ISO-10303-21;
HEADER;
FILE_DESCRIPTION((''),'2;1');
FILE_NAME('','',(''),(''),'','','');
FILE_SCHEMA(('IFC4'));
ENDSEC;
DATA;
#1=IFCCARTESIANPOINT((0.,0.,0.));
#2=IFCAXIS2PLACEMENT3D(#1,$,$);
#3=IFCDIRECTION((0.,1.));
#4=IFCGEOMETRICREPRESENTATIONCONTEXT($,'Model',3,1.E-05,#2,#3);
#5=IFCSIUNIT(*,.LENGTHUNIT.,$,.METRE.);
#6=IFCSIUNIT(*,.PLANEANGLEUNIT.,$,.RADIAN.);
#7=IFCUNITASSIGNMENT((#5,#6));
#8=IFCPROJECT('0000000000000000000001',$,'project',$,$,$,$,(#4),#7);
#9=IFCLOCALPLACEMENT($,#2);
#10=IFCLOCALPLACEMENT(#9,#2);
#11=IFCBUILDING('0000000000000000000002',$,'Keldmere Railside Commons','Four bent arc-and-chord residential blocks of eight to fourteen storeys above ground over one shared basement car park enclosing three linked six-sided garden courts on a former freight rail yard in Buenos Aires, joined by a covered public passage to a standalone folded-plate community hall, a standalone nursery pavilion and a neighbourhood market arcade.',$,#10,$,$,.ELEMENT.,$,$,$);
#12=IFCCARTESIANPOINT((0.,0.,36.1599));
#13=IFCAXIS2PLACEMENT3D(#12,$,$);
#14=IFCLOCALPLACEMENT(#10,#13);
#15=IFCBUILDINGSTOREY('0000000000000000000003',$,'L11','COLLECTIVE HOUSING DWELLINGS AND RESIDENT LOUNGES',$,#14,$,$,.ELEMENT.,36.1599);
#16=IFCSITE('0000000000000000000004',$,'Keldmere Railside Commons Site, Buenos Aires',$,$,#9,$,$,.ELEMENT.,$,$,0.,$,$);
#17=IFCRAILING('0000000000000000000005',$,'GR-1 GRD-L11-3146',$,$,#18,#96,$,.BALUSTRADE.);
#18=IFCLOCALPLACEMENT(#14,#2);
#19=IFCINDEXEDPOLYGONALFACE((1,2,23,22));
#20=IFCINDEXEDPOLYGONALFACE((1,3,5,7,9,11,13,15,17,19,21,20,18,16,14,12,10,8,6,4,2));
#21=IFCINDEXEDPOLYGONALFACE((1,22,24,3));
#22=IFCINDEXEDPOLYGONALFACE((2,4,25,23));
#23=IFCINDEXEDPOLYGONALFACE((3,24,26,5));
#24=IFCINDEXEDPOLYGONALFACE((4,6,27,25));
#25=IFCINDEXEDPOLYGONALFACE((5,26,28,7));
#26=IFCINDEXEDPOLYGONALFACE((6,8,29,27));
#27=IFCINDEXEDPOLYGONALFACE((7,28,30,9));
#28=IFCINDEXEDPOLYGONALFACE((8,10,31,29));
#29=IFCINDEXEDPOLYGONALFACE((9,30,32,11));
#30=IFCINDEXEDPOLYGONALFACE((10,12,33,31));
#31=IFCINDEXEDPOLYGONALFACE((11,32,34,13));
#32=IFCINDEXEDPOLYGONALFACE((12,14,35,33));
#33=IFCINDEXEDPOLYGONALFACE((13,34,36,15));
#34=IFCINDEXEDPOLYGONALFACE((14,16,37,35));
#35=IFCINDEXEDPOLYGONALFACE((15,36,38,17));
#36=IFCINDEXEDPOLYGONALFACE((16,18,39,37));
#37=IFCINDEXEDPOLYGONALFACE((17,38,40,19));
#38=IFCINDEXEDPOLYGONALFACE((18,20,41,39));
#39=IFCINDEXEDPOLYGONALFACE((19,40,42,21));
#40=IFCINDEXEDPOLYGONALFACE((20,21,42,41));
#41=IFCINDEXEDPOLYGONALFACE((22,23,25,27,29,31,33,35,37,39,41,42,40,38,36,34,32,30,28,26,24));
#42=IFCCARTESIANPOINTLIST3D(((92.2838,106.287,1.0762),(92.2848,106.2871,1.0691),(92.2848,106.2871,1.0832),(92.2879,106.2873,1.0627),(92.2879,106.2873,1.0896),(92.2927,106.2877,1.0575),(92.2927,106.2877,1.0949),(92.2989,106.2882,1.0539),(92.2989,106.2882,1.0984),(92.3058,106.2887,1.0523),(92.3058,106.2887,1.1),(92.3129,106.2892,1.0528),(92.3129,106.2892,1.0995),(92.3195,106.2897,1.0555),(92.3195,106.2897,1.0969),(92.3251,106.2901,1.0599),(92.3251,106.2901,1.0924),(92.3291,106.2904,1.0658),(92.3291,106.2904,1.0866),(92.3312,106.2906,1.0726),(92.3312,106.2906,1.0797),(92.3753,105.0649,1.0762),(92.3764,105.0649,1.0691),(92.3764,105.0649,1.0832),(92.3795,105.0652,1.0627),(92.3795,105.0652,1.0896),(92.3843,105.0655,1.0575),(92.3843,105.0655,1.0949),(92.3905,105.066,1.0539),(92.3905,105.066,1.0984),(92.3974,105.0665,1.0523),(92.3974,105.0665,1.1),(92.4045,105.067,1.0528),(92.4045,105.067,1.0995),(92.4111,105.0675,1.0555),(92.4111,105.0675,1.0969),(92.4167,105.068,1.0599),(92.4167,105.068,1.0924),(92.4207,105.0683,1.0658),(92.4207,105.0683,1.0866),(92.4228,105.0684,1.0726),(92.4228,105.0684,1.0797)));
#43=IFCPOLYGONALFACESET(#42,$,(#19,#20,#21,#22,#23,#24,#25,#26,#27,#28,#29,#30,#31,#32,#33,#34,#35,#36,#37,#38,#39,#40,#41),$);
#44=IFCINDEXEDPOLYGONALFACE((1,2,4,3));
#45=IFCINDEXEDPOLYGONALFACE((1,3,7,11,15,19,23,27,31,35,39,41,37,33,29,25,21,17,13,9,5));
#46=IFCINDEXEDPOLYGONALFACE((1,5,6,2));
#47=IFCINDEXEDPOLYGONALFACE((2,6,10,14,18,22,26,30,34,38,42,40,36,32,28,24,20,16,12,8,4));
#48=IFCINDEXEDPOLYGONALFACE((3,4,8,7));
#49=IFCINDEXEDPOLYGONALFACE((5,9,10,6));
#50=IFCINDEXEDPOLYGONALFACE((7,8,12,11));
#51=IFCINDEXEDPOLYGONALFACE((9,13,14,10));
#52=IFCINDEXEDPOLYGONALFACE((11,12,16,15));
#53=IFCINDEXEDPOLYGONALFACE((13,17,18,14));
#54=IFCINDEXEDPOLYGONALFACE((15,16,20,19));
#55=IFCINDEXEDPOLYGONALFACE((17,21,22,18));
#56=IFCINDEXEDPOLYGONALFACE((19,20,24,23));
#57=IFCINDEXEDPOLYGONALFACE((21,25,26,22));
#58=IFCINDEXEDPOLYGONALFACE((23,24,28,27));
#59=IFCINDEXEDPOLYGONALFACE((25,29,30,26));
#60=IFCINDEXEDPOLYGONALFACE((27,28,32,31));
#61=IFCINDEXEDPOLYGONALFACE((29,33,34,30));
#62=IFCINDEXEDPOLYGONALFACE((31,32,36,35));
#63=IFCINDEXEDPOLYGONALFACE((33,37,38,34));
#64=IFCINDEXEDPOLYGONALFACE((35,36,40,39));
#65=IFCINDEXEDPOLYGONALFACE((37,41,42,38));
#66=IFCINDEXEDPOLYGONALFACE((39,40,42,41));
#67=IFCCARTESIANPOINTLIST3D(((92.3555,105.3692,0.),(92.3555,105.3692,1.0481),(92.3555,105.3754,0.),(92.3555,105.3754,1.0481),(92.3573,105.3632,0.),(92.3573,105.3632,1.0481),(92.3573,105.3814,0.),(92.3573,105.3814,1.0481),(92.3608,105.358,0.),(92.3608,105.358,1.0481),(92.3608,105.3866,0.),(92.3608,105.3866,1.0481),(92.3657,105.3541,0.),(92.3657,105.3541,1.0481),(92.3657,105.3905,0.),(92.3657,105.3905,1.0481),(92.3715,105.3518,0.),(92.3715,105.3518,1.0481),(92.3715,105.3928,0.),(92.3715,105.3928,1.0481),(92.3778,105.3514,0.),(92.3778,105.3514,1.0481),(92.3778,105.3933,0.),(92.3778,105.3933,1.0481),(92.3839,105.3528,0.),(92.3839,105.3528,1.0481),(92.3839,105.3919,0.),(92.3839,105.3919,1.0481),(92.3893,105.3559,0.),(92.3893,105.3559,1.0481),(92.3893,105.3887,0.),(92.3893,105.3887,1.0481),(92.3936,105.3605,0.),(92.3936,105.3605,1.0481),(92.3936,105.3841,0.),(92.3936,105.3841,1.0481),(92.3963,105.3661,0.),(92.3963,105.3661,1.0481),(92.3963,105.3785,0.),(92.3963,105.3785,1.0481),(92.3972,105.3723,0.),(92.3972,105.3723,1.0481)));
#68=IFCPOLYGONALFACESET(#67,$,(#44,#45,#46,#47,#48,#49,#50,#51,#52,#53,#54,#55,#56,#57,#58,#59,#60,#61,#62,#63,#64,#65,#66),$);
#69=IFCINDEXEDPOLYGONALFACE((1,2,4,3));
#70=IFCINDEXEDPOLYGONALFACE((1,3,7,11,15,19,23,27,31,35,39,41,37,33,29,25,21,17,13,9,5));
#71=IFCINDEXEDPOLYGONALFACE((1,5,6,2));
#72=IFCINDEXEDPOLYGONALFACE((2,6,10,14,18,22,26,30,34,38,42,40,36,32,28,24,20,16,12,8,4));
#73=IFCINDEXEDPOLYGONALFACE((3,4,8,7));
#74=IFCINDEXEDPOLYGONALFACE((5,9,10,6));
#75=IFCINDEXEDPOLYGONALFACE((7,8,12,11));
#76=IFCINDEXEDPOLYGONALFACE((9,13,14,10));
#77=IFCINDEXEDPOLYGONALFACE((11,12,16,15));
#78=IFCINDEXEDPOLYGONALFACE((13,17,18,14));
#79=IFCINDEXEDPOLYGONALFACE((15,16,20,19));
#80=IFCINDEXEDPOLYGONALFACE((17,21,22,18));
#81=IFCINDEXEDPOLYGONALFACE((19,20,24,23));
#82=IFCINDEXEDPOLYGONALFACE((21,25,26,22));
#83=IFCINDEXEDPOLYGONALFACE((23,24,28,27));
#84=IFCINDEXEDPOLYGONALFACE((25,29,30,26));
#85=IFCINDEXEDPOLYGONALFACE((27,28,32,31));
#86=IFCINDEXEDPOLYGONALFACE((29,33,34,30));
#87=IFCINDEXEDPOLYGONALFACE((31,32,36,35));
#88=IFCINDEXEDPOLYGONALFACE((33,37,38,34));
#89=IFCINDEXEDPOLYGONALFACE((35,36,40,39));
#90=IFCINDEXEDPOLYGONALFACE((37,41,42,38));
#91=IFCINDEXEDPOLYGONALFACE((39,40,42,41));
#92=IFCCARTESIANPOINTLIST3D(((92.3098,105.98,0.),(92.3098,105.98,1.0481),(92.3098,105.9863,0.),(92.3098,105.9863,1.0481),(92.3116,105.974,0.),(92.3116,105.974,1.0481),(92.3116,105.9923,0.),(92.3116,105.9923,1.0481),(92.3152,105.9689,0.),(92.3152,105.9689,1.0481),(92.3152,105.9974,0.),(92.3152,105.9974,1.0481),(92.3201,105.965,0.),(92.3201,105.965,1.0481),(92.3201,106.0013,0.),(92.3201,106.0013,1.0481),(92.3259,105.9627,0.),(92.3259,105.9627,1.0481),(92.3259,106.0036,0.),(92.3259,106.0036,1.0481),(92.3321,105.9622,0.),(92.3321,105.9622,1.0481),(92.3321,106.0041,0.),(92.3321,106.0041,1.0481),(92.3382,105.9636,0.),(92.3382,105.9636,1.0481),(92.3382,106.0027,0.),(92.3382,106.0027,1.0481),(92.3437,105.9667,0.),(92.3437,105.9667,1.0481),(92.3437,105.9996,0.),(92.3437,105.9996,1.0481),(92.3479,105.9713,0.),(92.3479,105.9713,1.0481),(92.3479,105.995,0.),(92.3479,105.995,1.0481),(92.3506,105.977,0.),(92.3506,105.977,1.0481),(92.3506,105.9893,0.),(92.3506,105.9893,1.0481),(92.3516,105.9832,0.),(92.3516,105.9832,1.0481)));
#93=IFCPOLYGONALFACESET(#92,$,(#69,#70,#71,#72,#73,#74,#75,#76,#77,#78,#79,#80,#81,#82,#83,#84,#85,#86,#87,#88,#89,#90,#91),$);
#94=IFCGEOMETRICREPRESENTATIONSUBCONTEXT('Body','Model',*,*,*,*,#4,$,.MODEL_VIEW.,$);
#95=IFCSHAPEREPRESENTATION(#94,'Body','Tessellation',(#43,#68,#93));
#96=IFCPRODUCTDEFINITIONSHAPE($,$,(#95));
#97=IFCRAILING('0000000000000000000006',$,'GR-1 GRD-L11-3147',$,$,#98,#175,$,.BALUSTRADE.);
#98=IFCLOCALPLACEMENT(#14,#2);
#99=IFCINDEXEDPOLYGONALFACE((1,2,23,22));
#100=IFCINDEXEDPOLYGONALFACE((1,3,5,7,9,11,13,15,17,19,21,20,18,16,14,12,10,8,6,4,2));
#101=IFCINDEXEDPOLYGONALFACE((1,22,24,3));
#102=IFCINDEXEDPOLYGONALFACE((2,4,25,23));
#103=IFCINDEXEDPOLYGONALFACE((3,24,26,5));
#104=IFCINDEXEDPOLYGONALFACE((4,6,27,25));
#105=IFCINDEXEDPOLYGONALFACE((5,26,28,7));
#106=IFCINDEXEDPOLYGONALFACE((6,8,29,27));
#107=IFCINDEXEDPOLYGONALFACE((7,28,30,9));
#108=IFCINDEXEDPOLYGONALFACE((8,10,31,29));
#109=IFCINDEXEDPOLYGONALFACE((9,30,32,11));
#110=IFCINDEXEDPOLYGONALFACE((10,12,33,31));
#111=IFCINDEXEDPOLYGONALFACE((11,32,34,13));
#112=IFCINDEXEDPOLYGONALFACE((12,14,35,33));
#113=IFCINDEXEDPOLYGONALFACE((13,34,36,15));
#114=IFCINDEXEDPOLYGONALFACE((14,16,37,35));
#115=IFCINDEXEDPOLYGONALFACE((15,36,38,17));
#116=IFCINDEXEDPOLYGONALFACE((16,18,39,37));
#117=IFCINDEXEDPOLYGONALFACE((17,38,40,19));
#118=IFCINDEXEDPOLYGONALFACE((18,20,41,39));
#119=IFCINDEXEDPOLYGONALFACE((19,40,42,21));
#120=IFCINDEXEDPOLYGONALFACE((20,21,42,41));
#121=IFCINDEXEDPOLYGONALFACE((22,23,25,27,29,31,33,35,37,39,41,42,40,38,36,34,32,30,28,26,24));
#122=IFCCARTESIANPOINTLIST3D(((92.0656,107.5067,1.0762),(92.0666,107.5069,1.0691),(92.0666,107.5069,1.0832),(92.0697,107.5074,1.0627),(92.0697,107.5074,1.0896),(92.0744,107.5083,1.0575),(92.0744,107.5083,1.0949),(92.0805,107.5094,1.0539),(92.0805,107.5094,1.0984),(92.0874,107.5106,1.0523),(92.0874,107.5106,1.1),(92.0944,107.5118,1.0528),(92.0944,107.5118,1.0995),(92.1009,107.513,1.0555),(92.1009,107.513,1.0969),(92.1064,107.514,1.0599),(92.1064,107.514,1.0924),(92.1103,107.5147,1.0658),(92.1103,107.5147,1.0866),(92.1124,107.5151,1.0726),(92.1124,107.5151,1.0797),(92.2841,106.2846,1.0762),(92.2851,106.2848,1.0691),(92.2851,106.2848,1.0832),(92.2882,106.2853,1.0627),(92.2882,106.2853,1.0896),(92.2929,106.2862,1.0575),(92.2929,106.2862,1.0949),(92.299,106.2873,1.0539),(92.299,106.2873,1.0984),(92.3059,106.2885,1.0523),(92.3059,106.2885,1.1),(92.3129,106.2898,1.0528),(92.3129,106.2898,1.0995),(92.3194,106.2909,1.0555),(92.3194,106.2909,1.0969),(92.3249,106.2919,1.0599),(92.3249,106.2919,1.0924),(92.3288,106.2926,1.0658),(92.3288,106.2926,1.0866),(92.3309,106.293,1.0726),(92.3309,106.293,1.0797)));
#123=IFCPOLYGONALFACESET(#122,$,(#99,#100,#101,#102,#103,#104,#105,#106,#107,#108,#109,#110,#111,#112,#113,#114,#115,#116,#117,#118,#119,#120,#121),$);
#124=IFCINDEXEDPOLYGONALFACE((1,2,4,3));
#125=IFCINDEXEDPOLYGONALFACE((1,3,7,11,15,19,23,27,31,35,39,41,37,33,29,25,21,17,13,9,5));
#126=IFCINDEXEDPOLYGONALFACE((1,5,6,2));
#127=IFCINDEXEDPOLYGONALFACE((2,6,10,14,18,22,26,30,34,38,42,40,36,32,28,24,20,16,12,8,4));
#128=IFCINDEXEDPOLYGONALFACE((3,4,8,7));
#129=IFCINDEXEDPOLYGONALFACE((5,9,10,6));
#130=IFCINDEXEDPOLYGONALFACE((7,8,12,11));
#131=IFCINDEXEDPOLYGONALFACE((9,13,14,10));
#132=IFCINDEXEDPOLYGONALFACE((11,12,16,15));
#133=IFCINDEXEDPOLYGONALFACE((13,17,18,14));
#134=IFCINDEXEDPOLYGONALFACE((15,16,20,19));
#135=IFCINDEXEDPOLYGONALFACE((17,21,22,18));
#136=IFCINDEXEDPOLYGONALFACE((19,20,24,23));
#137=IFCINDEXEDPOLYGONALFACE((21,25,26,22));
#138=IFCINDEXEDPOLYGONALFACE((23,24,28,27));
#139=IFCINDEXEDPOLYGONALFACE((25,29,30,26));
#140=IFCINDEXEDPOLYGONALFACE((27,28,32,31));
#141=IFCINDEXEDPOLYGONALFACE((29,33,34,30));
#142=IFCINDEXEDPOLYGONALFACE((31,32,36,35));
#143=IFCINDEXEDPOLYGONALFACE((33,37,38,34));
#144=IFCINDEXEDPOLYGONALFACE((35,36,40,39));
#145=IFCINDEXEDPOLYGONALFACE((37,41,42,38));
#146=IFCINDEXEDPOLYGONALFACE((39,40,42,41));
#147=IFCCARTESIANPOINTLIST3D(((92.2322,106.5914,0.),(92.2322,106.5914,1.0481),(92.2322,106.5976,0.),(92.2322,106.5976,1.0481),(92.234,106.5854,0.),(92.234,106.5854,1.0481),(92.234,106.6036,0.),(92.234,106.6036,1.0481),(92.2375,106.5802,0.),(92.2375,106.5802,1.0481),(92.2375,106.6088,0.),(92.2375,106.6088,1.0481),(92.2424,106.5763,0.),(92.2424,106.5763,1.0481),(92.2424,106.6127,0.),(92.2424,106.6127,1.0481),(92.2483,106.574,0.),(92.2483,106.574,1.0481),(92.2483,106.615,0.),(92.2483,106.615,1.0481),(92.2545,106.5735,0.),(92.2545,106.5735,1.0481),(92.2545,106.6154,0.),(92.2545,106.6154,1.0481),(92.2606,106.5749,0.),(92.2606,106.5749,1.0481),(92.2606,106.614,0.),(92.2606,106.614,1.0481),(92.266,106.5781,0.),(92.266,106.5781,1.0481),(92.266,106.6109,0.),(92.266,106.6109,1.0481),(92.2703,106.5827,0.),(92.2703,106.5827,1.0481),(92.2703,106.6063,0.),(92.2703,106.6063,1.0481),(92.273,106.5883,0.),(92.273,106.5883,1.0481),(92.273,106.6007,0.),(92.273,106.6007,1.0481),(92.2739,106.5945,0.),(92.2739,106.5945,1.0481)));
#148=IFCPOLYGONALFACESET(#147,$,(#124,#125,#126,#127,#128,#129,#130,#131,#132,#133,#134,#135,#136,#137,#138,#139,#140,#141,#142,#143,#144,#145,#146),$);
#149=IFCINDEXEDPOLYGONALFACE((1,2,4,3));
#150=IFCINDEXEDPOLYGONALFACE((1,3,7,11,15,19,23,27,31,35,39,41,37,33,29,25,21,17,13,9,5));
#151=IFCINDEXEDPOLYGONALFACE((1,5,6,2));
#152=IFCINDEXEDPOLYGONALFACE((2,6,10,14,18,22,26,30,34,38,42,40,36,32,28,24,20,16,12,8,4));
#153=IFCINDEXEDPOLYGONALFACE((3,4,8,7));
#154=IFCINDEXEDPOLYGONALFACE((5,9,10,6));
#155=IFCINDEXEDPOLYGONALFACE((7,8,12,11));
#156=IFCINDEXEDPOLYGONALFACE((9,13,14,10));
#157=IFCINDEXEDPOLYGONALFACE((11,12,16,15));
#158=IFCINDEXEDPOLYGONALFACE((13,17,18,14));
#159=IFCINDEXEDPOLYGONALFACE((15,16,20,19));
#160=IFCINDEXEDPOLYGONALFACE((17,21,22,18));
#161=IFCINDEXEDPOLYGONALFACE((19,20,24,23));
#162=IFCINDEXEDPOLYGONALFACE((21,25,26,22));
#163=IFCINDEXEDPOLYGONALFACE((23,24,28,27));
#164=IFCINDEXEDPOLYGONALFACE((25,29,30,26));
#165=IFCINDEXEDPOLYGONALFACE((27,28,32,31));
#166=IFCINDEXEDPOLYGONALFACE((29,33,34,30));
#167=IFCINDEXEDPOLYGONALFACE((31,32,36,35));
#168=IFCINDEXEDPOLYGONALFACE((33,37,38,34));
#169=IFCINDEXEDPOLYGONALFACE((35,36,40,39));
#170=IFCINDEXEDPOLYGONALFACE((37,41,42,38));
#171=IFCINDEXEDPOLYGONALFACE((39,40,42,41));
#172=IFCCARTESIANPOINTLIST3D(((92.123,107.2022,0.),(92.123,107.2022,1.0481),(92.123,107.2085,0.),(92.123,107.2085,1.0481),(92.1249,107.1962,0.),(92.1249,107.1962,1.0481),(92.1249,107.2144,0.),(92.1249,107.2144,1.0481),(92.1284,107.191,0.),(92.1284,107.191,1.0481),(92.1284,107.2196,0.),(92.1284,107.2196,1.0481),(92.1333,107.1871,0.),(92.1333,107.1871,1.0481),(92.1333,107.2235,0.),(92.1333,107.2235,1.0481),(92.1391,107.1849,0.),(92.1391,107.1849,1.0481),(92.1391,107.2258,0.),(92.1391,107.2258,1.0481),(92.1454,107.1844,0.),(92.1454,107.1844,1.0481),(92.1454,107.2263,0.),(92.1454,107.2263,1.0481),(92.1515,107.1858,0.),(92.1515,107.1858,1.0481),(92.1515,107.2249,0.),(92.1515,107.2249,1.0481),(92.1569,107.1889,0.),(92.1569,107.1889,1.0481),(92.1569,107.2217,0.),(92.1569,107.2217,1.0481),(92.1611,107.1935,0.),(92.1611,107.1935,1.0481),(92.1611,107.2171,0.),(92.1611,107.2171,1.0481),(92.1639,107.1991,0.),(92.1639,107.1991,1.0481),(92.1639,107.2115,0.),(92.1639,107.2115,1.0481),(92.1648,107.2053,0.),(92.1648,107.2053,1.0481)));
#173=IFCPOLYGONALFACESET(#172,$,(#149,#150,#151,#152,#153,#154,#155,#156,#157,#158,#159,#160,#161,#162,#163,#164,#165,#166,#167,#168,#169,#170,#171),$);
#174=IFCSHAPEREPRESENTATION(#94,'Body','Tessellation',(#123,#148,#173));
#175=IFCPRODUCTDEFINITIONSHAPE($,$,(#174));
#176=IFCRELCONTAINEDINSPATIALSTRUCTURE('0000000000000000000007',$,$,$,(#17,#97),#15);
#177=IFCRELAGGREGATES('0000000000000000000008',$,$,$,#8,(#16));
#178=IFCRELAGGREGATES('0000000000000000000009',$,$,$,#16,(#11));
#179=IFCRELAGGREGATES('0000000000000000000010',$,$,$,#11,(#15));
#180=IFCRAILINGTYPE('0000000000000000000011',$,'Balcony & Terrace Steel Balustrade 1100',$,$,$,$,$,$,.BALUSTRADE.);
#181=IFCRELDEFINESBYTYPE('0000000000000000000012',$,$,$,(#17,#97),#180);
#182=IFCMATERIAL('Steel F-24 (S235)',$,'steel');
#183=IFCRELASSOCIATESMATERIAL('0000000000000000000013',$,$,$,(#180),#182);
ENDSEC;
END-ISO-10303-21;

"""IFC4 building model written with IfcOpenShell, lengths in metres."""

from ifc_helpers import new_model, si_unit, direction, frame, origin, origin_2d, place, context, subcontext, project, spatial, circle, extrude, material, type_object, element, save


model = new_model("IFC4")

# Units and contexts
model_context = context("Model", 3, precision=1e-05, world=origin(), true_north=direction((0.0, 1.0)))
body_context = subcontext(model_context, "Body", "Model", "MODEL_VIEW")
ifc_project = project(units=[si_unit("LENGTHUNIT", "METRE"), si_unit("PLANEANGLEUNIT", "RADIAN")], contexts=[model_context])

# Site, building, storey
site_placement = place(None, origin())
site = spatial("IfcSite", under=ifc_project, at=site_placement, Name="Keldmere Railside Commons Site, Buenos Aires", CompositionType="ELEMENT", RefElevation=0.0)
building_placement = place(site_placement, origin())
building = spatial("IfcBuilding", under=site, at=building_placement, Name="Keldmere Railside Commons", Description="Four bent arc-and-chord residential blocks of eight to fourteen storeys above ground over one shared basement car park enclosing three linked six-sided garden courts on a former freight rail yard in Buenos Aires, joined by a covered public passage to a standalone folded-plate community hall, a standalone nursery pavilion and a neighbourhood market arcade.", CompositionType="ELEMENT")
storey_placement = place(building_placement, frame((0.0, 0.0, 36.1599)))
storey = spatial("IfcBuildingStorey", under=building, at=storey_placement, Name="L11", Description="COLLECTIVE HOUSING DWELLINGS AND RESIDENT LOUNGES", CompositionType="ELEMENT", Elevation=36.1599)

# Railings
ifc_material_1 = material(Name="Steel F-24 (S235)", Category="steel")
railing_type = type_object("IfcRailingType", Name="Balcony & Terrace Steel Balustrade 1100", PredefinedType="BALUSTRADE", material=ifc_material_1)
railing_1_placement = place(storey_placement, frame((92.3992, 105.0667, 0.0)))
element("IfcRailing", 1, at=railing_1_placement, inside=storey, type_object=railing_type, Name="GR-1 GRD-L11-3146", PredefinedType="BALUSTRADE", context=body_context, shape_type="SweptSolid", body=[
    extrude(circle(Radius=0.0239, at=origin_2d()), frame((0.0, 0.0, 1.0762), z_axis=(-0.074701, 0.997206, 0.0), x_axis=(-0.997206, -0.074701, 0.0)), (0.0, 0.0, 1.0), 1.2256),
    extrude(circle(Radius=0.021, at=origin_2d()), frame((-0.0229, 0.3057, 0.0)), (0.0, 0.0, 1.0), 1.0481),
    extrude(circle(Radius=0.021, at=origin_2d()), frame((-0.0686, 0.9165, 0.0)), (0.0, 0.0, 1.0), 1.0481),
])
railing_2_placement = place(storey_placement, frame((92.3076, 106.2888, 0.0)))
element("IfcRailing", 2, at=railing_2_placement, inside=storey, type_object=railing_type, Name="GR-1 GRD-L11-3147", PredefinedType="BALUSTRADE", context=body_context, shape_type="SweptSolid", body=[
    extrude(circle(Radius=0.0239, at=origin_2d()), frame((0.0, 0.0, 1.0762), z_axis=(-0.175995, 0.984391, 0.0), x_axis=(-0.984391, -0.175995, 0.0)), (0.0, 0.0, 1.0), 1.2415),
    extrude(circle(Radius=0.021, at=origin_2d()), frame((-0.0547, 0.3057, 0.0)), (0.0, 0.0, 1.0), 1.0481),
    extrude(circle(Radius=0.021, at=origin_2d()), frame((-0.1638, 0.9165, 0.0)), (0.0, 0.0, 1.0), 1.0481),
])

save(model, "model.ifc")
